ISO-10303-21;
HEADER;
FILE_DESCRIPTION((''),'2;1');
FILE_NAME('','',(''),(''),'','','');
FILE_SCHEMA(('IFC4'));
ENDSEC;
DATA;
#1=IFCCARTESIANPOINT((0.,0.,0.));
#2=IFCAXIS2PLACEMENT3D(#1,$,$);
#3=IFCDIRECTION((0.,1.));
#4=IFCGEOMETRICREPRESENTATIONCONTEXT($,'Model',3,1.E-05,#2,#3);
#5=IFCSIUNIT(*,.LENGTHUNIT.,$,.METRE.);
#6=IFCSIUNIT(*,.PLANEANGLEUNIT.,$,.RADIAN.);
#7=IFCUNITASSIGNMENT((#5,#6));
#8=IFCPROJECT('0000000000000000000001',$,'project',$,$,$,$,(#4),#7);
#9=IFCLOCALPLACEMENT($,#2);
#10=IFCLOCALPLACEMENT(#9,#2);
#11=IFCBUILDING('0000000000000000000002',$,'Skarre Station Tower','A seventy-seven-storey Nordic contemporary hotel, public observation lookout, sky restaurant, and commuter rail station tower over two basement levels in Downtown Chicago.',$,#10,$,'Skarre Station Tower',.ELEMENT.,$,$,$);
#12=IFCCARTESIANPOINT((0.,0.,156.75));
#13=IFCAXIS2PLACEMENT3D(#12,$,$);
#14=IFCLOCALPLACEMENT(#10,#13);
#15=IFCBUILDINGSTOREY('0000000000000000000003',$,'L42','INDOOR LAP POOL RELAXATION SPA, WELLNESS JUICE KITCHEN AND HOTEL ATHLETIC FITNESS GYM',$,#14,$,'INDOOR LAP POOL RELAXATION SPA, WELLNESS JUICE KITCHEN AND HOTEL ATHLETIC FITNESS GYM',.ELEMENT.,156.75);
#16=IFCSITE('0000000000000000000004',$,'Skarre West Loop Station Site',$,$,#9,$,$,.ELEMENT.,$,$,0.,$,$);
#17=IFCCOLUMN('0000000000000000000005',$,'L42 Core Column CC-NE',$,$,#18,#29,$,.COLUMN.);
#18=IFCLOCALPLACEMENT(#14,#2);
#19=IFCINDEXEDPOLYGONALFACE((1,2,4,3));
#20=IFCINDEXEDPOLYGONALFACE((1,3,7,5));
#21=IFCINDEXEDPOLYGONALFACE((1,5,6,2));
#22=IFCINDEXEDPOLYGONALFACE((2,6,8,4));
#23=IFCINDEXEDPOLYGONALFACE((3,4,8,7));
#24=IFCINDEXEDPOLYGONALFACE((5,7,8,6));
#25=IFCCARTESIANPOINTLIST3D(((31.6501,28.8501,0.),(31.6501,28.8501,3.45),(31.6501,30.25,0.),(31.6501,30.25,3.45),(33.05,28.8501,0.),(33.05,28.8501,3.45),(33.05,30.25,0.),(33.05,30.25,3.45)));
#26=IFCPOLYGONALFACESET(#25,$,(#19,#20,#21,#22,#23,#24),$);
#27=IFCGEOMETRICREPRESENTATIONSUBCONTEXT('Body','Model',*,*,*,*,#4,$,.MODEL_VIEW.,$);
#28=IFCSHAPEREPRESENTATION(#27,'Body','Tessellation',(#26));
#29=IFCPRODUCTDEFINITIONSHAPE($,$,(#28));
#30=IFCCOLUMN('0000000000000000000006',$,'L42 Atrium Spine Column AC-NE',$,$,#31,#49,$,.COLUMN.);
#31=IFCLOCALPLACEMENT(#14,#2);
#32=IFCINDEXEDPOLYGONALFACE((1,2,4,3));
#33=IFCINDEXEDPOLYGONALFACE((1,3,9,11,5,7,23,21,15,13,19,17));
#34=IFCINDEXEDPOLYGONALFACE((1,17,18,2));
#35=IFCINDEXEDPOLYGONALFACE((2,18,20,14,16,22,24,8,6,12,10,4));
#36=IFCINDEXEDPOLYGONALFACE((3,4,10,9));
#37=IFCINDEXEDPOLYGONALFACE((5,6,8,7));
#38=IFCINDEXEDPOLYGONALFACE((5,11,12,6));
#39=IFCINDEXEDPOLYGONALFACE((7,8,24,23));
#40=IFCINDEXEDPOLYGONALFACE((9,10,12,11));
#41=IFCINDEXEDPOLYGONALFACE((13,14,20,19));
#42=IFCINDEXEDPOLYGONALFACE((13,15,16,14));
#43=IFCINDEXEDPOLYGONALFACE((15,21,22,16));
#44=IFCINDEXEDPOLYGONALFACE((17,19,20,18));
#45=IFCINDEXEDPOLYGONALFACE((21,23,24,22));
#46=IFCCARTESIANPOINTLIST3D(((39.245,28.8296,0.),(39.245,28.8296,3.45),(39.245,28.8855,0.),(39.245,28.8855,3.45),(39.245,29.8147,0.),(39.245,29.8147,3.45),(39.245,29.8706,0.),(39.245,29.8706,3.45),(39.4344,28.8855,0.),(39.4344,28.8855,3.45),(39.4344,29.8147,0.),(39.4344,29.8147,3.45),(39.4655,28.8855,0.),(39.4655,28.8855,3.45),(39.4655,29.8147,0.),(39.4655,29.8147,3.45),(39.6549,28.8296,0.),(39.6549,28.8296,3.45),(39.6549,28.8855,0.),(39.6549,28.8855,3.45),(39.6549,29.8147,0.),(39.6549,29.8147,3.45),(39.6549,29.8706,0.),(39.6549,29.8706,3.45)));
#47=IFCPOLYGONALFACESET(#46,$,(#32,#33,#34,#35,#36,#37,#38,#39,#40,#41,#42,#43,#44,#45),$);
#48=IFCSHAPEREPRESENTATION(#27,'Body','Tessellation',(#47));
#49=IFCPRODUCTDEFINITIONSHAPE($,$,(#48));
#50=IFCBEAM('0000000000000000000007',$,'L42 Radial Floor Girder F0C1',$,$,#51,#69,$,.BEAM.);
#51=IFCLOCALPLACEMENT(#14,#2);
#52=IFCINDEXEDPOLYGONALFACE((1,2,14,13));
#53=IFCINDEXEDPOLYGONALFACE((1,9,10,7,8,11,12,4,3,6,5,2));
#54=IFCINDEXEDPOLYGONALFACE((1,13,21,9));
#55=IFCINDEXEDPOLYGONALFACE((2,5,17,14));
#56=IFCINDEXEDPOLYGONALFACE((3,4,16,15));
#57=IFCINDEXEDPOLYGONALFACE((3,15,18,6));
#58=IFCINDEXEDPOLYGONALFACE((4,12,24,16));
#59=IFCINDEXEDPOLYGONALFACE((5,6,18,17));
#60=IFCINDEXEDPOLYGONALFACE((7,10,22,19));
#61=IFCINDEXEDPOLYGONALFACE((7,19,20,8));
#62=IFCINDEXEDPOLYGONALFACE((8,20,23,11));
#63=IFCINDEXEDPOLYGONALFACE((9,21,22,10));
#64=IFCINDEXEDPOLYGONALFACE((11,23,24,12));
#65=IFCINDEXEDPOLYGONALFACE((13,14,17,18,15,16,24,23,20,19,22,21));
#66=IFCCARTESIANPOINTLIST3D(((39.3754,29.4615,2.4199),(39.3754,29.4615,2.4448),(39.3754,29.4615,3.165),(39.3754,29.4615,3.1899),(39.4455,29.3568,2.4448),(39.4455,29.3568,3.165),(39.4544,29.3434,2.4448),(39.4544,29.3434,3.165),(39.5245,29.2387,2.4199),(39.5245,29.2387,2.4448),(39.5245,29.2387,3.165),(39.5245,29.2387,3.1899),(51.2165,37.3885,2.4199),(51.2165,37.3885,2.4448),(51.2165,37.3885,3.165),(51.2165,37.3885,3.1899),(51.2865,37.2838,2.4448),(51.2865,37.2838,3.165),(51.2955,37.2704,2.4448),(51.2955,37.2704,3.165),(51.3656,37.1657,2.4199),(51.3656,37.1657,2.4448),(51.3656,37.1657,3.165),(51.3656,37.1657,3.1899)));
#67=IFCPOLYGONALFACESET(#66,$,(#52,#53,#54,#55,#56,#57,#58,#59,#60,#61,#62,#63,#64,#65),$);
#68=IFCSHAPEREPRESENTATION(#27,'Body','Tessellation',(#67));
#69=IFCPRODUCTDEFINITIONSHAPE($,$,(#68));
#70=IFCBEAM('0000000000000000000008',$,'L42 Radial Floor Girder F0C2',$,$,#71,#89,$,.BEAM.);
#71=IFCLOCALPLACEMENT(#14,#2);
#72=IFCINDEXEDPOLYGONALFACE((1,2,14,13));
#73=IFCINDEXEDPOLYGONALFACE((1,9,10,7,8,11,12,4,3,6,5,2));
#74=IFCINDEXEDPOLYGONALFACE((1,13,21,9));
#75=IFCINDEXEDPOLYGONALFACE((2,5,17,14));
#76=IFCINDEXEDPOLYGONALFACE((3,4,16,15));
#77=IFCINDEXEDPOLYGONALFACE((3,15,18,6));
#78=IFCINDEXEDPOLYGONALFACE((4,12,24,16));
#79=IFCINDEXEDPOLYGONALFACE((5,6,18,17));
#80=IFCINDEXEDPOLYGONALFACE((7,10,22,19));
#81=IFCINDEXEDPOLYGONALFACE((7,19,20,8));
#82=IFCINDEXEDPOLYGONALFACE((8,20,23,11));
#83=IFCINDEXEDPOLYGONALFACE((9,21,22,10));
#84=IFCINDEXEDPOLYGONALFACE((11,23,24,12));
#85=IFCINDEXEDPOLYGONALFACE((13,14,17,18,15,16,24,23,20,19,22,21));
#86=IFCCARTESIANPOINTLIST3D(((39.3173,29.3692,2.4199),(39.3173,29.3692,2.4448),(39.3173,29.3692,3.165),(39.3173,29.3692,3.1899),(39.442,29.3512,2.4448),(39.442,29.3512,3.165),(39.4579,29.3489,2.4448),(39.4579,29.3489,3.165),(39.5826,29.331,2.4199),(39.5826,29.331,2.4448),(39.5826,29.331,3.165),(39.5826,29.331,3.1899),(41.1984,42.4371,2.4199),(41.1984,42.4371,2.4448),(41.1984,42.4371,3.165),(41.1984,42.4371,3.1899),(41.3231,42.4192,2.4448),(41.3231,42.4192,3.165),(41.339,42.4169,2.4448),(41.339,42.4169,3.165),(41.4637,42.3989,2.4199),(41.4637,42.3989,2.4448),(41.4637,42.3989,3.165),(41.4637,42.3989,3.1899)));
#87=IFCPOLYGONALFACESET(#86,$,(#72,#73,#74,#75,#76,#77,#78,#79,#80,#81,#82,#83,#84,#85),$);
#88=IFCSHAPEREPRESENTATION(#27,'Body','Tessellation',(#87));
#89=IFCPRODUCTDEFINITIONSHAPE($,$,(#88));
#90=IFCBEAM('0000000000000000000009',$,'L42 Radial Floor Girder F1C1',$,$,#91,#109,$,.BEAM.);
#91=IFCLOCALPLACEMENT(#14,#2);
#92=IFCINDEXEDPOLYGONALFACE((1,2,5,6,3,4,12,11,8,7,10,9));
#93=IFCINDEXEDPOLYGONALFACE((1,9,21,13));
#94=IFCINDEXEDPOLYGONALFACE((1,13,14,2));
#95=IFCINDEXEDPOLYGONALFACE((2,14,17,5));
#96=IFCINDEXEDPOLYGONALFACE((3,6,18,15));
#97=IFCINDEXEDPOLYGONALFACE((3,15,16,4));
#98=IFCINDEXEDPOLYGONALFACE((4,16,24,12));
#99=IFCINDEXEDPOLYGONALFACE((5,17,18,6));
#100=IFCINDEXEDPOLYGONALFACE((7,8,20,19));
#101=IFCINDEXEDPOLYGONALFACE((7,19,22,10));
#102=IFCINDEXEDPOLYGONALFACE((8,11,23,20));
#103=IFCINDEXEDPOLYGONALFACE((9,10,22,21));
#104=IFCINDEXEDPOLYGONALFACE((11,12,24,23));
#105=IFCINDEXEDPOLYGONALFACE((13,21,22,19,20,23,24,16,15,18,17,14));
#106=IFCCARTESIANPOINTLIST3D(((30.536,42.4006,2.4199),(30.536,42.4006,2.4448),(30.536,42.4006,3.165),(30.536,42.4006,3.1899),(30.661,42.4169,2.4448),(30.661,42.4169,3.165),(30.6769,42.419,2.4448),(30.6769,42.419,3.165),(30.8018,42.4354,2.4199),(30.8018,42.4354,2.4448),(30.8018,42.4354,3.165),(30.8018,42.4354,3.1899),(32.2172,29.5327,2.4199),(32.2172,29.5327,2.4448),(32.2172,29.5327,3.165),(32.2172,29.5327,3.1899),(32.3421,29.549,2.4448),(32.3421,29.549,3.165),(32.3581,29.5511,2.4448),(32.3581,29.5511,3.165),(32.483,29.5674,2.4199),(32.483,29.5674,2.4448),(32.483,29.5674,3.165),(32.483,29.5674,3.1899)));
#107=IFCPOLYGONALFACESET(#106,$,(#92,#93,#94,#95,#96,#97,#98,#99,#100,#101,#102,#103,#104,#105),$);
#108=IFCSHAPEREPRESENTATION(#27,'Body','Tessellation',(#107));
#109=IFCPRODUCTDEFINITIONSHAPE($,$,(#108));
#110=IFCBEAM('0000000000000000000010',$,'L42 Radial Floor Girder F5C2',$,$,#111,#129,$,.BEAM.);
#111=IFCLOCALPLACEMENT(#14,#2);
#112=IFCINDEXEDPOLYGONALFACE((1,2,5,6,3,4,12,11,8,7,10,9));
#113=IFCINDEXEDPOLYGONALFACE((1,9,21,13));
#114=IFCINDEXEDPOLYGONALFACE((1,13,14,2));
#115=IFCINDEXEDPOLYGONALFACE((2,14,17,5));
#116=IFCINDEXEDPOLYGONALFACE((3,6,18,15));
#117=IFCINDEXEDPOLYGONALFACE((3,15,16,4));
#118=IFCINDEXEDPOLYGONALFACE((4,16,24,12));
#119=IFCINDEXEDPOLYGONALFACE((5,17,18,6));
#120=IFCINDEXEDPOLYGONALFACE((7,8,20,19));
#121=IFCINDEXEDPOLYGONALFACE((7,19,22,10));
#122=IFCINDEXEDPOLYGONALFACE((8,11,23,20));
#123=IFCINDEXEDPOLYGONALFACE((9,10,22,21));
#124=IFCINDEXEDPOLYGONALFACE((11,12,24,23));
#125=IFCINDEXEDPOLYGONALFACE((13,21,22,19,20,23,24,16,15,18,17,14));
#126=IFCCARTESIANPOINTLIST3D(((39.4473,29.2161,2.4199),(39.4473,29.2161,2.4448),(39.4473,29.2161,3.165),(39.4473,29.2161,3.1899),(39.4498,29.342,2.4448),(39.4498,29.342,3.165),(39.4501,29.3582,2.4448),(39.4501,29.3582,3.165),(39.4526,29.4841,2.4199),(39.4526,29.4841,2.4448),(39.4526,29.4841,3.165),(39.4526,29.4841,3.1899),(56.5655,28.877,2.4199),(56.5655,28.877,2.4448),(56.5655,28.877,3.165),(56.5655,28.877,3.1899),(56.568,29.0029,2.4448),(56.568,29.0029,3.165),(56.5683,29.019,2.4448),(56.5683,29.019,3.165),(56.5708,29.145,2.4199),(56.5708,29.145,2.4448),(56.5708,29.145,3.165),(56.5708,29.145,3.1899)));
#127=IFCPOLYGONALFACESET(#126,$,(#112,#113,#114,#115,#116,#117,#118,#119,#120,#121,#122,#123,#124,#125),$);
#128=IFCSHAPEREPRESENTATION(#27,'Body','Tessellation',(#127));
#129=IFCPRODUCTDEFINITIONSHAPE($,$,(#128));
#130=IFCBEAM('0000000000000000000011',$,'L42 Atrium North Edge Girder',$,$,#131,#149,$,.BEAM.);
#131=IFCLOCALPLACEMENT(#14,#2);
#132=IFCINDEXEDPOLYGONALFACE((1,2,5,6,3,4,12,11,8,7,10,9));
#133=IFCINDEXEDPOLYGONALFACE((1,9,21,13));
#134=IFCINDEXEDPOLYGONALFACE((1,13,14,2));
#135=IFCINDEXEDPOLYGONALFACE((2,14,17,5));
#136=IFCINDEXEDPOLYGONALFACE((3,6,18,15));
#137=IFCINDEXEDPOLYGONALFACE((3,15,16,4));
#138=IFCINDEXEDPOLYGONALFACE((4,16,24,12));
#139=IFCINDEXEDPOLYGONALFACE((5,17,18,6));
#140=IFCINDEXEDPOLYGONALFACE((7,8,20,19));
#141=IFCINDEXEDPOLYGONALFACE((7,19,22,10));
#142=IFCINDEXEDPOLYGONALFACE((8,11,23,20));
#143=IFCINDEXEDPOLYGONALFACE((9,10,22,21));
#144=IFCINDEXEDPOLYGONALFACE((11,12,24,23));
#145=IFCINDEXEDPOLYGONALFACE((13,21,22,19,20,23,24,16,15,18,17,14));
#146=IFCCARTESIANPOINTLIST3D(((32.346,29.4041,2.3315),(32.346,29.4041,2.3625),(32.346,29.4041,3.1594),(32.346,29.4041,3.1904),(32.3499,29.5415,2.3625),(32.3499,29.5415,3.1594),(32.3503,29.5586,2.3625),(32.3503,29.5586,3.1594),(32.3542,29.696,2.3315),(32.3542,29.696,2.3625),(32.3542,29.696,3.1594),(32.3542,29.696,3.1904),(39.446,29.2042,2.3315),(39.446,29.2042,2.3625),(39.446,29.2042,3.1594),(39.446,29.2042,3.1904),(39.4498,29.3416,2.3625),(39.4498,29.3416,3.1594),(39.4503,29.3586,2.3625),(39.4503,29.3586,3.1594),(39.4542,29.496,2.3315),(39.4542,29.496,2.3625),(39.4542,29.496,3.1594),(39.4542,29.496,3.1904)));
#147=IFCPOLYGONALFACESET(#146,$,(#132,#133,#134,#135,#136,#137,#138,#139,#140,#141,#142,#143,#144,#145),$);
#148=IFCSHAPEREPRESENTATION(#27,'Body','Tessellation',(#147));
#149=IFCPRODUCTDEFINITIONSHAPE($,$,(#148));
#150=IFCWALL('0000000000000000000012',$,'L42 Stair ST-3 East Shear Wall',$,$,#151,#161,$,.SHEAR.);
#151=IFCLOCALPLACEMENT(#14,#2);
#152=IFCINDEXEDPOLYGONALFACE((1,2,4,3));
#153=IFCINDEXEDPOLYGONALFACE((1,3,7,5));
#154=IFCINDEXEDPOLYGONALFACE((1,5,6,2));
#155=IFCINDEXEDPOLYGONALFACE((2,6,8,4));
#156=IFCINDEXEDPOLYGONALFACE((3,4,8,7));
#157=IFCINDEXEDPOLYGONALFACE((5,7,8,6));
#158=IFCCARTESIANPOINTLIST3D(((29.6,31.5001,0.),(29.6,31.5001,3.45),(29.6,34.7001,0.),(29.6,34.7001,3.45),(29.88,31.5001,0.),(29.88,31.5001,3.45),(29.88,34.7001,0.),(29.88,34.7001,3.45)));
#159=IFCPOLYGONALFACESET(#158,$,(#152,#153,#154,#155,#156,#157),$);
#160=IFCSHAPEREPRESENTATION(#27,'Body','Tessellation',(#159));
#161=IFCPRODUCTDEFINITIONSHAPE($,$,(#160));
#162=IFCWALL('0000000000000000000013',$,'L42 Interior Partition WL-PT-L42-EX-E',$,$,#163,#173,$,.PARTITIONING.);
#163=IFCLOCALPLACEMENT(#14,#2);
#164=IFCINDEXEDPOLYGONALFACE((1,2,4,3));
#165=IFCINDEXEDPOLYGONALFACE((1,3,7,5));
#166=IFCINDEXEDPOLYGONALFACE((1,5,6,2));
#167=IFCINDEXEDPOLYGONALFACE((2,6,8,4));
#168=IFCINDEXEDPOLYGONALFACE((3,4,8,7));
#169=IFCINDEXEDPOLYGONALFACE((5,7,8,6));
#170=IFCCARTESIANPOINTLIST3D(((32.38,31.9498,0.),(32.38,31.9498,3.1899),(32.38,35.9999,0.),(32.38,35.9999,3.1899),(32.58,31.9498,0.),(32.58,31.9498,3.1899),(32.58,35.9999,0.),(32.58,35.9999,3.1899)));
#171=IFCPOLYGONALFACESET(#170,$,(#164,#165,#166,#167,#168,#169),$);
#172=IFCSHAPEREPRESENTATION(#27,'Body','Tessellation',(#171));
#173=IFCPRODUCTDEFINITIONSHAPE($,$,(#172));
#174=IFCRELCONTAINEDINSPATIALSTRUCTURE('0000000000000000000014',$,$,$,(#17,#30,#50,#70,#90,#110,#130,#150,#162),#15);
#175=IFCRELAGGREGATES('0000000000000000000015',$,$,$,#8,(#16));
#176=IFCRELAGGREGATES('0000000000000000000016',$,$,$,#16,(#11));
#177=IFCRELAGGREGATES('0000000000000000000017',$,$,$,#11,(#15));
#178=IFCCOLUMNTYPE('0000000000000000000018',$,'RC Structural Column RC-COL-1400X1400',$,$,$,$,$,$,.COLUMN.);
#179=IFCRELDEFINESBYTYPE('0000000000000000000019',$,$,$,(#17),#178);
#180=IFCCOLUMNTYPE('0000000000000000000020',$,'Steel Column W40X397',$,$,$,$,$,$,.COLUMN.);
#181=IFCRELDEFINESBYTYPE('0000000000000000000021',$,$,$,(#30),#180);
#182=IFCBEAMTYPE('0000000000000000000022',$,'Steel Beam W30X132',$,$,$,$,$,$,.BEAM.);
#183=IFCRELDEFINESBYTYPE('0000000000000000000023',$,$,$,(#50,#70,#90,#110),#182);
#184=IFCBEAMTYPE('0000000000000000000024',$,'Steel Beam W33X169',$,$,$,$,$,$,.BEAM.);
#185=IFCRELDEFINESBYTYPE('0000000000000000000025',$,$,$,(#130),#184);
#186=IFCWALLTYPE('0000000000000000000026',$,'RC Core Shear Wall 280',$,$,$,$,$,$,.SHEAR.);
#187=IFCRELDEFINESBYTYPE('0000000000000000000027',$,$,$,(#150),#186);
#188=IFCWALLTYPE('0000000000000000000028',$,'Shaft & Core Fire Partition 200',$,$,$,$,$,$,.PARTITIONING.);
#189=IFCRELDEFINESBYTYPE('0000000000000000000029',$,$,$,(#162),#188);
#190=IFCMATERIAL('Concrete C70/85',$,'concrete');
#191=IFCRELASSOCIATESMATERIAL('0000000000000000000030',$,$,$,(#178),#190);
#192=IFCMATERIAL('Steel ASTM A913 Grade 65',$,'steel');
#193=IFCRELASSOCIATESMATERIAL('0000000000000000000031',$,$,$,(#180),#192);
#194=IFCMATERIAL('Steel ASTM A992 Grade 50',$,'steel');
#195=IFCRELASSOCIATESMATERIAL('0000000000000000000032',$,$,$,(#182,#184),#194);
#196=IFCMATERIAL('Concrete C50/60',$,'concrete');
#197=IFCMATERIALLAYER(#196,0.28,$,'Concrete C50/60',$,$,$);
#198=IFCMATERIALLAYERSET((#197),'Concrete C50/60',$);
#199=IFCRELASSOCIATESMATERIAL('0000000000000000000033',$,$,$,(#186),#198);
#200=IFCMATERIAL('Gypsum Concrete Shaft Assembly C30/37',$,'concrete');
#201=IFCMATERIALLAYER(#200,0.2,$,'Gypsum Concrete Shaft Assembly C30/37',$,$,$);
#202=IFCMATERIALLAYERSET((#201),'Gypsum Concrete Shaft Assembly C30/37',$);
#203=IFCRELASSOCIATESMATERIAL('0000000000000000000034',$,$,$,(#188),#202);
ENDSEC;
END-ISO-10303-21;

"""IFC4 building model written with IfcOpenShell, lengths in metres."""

from ifc_helpers import new_model, si_unit, direction, frame, frame_2d, origin, origin_2d, place, context, subcontext, project, spatial, rectangle, i_section, extrude, material, layer, layer_set, material_profile, profile_set, type_object, element, save


model = new_model("IFC4")

# Units and contexts
model_context = context("Model", 3, precision=1e-05, world=origin(), true_north=direction((0.0, 1.0)))
body_context = subcontext(model_context, "Body", "Model", "MODEL_VIEW")
ifc_project = project(units=[si_unit("LENGTHUNIT", "METRE"), si_unit("PLANEANGLEUNIT", "RADIAN")], contexts=[model_context])

# Site, building, storey
site_placement = place(None, origin())
site = spatial("IfcSite", under=ifc_project, at=site_placement, Name="Skarre West Loop Station Site", CompositionType="ELEMENT", RefElevation=0.0)
building_placement = place(site_placement, origin())
building = spatial("IfcBuilding", under=site, at=building_placement, Name="Skarre Station Tower", Description="A seventy-seven-storey Nordic contemporary hotel, public observation lookout, sky restaurant, and commuter rail station tower over two basement levels in Downtown Chicago.", LongName="Skarre Station Tower", CompositionType="ELEMENT")
storey_placement = place(building_placement, frame((0.0, 0.0, 156.75)))
storey = spatial("IfcBuildingStorey", under=building, at=storey_placement, Name="L42", Description="INDOOR LAP POOL RELAXATION SPA, WELLNESS JUICE KITCHEN AND HOTEL ATHLETIC FITNESS GYM", LongName="INDOOR LAP POOL RELAXATION SPA, WELLNESS JUICE KITCHEN AND HOTEL ATHLETIC FITNESS GYM", CompositionType="ELEMENT", Elevation=156.75)

# Columns
ifc_material_1 = material(Name="Concrete C70/85", Category="concrete")
ifc_material_profile_1 = material_profile(ifc_material_1, rectangle(XDim=1.3999, YDim=1.3999, at=origin_2d()), Name="Concrete C70/85")
ifc_profile_set_1 = profile_set([ifc_material_profile_1], Name="Concrete C70/85")
column_type_1 = type_object("IfcColumnType", Name="RC Structural Column RC-COL-1400X1400", PredefinedType="COLUMN", material=ifc_profile_set_1)
column_1_placement = place(storey_placement, frame((32.3501, 29.55, 0.0), z_axis=(0.0, 0.0, 1.0), x_axis=(1.0, 0.0, 0.0)))
element("IfcColumn", 1, at=column_1_placement, inside=storey, type_object=column_type_1, Name="L42 Core Column CC-NE", PredefinedType="COLUMN", context=body_context, shape_type="SweptSolid", body=[
    extrude(rectangle(XDim=1.3999, YDim=1.3999, at=origin_2d()), origin(), (0.0, 0.0, 1.0), 3.45),
])
ifc_material_2 = material(Name="Steel ASTM A913 Grade 65", Category="steel")
ifc_material_profile_2 = material_profile(ifc_material_2, i_section(OverallWidth=0.4099, OverallDepth=1.041, WebThickness=0.031, FlangeThickness=0.0559, at=origin_2d()), Name="Steel ASTM A913 Grade 65")
ifc_profile_set_2 = profile_set([ifc_material_profile_2], Name="Steel ASTM A913 Grade 65")
column_type_2 = type_object("IfcColumnType", Name="Steel Column W40X397", PredefinedType="COLUMN", material=ifc_profile_set_2)
column_2_placement = place(storey_placement, frame((39.45, 29.3501, 0.0), z_axis=(0.0, 0.0, 1.0), x_axis=(1.0, 0.0, 0.0)))
element("IfcColumn", 2, at=column_2_placement, inside=storey, type_object=column_type_2, Name="L42 Atrium Spine Column AC-NE", PredefinedType="COLUMN", context=body_context, shape_type="SweptSolid", body=[
    extrude(i_section(OverallWidth=0.4099, OverallDepth=1.041, WebThickness=0.031, FlangeThickness=0.0559, at=origin_2d()), origin(), (0.0, 0.0, 1.0), 3.45),
])

# Beams
ifc_material_3 = material(Name="Steel ASTM A992 Grade 50", Category="steel")
ifc_material_profile_3 = material_profile(ifc_material_3, i_section(OverallWidth=0.2681, OverallDepth=0.77, WebThickness=0.0161, FlangeThickness=0.0249, at=origin_2d()), Name="Steel ASTM A992 Grade 50")
ifc_profile_set_3 = profile_set([ifc_material_profile_3], Name="Steel ASTM A992 Grade 50")
beam_type_1 = type_object("IfcBeamType", Name="Steel Beam W30X132", PredefinedType="BEAM", material=ifc_profile_set_3)
beam_1_placement = place(storey_placement, frame((39.45, 29.3501, 2.8049), z_axis=(0.830981, 0.5563, 0.0), x_axis=(-0.5563, 0.830981, 0.0)))
element("IfcBeam", 3, at=beam_1_placement, inside=storey, type_object=beam_type_1, Name="L42 Radial Floor Girder F0C1", PredefinedType="BEAM", context=body_context, shape_type="SweptSolid", body=[
    extrude(i_section(OverallWidth=0.2681, OverallDepth=0.77, WebThickness=0.0161, FlangeThickness=0.0249, at=origin_2d()), origin(), (0.0, 0.0, 1.0), 14.2495),
])
beam_2_placement = place(storey_placement, frame((39.45, 29.3501, 2.8049), z_axis=(0.14248, 0.989798, 0.0), x_axis=(-0.989798, 0.14248, 0.0)))
element("IfcBeam", 4, at=beam_2_placement, inside=storey, type_object=beam_type_1, Name="L42 Radial Floor Girder F0C2", PredefinedType="BEAM", context=body_context, shape_type="SweptSolid", body=[
    extrude(i_section(OverallWidth=0.2681, OverallDepth=0.77, WebThickness=0.0161, FlangeThickness=0.0249, at=origin_2d()), origin(), (0.0, 0.0, 1.0), 13.2026),
])
beam_3_placement = place(storey_placement, frame((32.3501, 29.55, 2.8049), z_axis=(-0.129546, 0.991573, 0.0), x_axis=(-0.991573, -0.129546, 0.0)))
element("IfcBeam", 5, at=beam_3_placement, inside=storey, type_object=beam_type_1, Name="L42 Radial Floor Girder F1C1", PredefinedType="BEAM", context=body_context, shape_type="SweptSolid", body=[
    extrude(i_section(OverallWidth=0.2681, OverallDepth=0.77, WebThickness=0.0161, FlangeThickness=0.0249, at=origin_2d()), origin(), (0.0, 0.0, 1.0), 12.9773),
])
beam_4_placement = place(storey_placement, frame((39.45, 29.3501, 2.8049), z_axis=(0.999804, -0.019806, 0.0), x_axis=(0.019806, 0.999804, 0.0)))
element("IfcBeam", 6, at=beam_4_placement, inside=storey, type_object=beam_type_1, Name="L42 Radial Floor Girder F5C2", PredefinedType="BEAM", context=body_context, shape_type="SweptSolid", body=[
    extrude(i_section(OverallWidth=0.2681, OverallDepth=0.77, WebThickness=0.0161, FlangeThickness=0.0249, at=origin_2d()), origin(), (0.0, 0.0, 1.0), 17.1216),
])
ifc_material_profile_4 = material_profile(ifc_material_3, i_section(OverallWidth=0.292, OverallDepth=0.8589, WebThickness=0.0171, FlangeThickness=0.031, at=origin_2d()), Name="Steel ASTM A992 Grade 50")
ifc_profile_set_4 = profile_set([ifc_material_profile_4], Name="Steel ASTM A992 Grade 50")
beam_type_2 = type_object("IfcBeamType", Name="Steel Beam W33X169", PredefinedType="BEAM", material=ifc_profile_set_4)
beam_5_placement = place(storey_placement, frame((32.3501, 29.55, 2.761), z_axis=(0.999604, -0.028152, 0.0), x_axis=(0.028152, 0.999604, 0.0)))
element("IfcBeam", 7, at=beam_5_placement, inside=storey, type_object=beam_type_2, Name="L42 Atrium North Edge Girder", PredefinedType="BEAM", context=body_context, shape_type="SweptSolid", body=[
    extrude(i_section(OverallWidth=0.292, OverallDepth=0.8589, WebThickness=0.0171, FlangeThickness=0.031, at=origin_2d()), origin(), (0.0, 0.0, 1.0), 7.1028),
])

# Walls
ifc_material_4 = material(Name="Concrete C50/60", Category="concrete")
ifc_layer_1 = layer(ifc_material_4, 0.28, Name="Concrete C50/60")
ifc_layer_set_1 = layer_set([ifc_layer_1], Name="Concrete C50/60")
wall_type_1 = type_object("IfcWallType", Name="RC Core Shear Wall 280", PredefinedType="SHEAR", material=ifc_layer_set_1)
wall_1_placement = place(storey_placement, frame((29.74, 31.5, 0.0), z_axis=(0.0, 0.0, 1.0), x_axis=(0.0, 1.0, 0.0)))
element("IfcWall", 8, at=wall_1_placement, inside=storey, type_object=wall_type_1, Name="L42 Stair ST-3 East Shear Wall", PredefinedType="SHEAR", context=body_context, shape_type="SweptSolid", body=[
    extrude(rectangle(XDim=3.2, YDim=0.28, at=frame_2d((1.6001, 0.0))), origin(), (0.0, 0.0, 1.0), 3.45),
])
ifc_material_5 = material(Name="Gypsum Concrete Shaft Assembly C30/37", Category="concrete")
ifc_layer_2 = layer(ifc_material_5, 0.2, Name="Gypsum Concrete Shaft Assembly C30/37")
ifc_layer_set_2 = layer_set([ifc_layer_2], Name="Gypsum Concrete Shaft Assembly C30/37")
wall_type_2 = type_object("IfcWallType", Name="Shaft & Core Fire Partition 200", PredefinedType="PARTITIONING", material=ifc_layer_set_2)
wall_2_placement = place(storey_placement, frame((32.48, 31.95, 0.0), z_axis=(0.0, 0.0, 1.0), x_axis=(0.0, 1.0, 0.0)))
element("IfcWall", 9, at=wall_2_placement, inside=storey, type_object=wall_type_2, Name="L42 Interior Partition WL-PT-L42-EX-E", PredefinedType="PARTITIONING", context=body_context, shape_type="SweptSolid", body=[
    extrude(rectangle(XDim=4.05, YDim=0.2, at=frame_2d((2.0249, 0.0))), origin(), (0.0, 0.0, 1.0), 3.1899),
])

save(model, "model.ifc")
